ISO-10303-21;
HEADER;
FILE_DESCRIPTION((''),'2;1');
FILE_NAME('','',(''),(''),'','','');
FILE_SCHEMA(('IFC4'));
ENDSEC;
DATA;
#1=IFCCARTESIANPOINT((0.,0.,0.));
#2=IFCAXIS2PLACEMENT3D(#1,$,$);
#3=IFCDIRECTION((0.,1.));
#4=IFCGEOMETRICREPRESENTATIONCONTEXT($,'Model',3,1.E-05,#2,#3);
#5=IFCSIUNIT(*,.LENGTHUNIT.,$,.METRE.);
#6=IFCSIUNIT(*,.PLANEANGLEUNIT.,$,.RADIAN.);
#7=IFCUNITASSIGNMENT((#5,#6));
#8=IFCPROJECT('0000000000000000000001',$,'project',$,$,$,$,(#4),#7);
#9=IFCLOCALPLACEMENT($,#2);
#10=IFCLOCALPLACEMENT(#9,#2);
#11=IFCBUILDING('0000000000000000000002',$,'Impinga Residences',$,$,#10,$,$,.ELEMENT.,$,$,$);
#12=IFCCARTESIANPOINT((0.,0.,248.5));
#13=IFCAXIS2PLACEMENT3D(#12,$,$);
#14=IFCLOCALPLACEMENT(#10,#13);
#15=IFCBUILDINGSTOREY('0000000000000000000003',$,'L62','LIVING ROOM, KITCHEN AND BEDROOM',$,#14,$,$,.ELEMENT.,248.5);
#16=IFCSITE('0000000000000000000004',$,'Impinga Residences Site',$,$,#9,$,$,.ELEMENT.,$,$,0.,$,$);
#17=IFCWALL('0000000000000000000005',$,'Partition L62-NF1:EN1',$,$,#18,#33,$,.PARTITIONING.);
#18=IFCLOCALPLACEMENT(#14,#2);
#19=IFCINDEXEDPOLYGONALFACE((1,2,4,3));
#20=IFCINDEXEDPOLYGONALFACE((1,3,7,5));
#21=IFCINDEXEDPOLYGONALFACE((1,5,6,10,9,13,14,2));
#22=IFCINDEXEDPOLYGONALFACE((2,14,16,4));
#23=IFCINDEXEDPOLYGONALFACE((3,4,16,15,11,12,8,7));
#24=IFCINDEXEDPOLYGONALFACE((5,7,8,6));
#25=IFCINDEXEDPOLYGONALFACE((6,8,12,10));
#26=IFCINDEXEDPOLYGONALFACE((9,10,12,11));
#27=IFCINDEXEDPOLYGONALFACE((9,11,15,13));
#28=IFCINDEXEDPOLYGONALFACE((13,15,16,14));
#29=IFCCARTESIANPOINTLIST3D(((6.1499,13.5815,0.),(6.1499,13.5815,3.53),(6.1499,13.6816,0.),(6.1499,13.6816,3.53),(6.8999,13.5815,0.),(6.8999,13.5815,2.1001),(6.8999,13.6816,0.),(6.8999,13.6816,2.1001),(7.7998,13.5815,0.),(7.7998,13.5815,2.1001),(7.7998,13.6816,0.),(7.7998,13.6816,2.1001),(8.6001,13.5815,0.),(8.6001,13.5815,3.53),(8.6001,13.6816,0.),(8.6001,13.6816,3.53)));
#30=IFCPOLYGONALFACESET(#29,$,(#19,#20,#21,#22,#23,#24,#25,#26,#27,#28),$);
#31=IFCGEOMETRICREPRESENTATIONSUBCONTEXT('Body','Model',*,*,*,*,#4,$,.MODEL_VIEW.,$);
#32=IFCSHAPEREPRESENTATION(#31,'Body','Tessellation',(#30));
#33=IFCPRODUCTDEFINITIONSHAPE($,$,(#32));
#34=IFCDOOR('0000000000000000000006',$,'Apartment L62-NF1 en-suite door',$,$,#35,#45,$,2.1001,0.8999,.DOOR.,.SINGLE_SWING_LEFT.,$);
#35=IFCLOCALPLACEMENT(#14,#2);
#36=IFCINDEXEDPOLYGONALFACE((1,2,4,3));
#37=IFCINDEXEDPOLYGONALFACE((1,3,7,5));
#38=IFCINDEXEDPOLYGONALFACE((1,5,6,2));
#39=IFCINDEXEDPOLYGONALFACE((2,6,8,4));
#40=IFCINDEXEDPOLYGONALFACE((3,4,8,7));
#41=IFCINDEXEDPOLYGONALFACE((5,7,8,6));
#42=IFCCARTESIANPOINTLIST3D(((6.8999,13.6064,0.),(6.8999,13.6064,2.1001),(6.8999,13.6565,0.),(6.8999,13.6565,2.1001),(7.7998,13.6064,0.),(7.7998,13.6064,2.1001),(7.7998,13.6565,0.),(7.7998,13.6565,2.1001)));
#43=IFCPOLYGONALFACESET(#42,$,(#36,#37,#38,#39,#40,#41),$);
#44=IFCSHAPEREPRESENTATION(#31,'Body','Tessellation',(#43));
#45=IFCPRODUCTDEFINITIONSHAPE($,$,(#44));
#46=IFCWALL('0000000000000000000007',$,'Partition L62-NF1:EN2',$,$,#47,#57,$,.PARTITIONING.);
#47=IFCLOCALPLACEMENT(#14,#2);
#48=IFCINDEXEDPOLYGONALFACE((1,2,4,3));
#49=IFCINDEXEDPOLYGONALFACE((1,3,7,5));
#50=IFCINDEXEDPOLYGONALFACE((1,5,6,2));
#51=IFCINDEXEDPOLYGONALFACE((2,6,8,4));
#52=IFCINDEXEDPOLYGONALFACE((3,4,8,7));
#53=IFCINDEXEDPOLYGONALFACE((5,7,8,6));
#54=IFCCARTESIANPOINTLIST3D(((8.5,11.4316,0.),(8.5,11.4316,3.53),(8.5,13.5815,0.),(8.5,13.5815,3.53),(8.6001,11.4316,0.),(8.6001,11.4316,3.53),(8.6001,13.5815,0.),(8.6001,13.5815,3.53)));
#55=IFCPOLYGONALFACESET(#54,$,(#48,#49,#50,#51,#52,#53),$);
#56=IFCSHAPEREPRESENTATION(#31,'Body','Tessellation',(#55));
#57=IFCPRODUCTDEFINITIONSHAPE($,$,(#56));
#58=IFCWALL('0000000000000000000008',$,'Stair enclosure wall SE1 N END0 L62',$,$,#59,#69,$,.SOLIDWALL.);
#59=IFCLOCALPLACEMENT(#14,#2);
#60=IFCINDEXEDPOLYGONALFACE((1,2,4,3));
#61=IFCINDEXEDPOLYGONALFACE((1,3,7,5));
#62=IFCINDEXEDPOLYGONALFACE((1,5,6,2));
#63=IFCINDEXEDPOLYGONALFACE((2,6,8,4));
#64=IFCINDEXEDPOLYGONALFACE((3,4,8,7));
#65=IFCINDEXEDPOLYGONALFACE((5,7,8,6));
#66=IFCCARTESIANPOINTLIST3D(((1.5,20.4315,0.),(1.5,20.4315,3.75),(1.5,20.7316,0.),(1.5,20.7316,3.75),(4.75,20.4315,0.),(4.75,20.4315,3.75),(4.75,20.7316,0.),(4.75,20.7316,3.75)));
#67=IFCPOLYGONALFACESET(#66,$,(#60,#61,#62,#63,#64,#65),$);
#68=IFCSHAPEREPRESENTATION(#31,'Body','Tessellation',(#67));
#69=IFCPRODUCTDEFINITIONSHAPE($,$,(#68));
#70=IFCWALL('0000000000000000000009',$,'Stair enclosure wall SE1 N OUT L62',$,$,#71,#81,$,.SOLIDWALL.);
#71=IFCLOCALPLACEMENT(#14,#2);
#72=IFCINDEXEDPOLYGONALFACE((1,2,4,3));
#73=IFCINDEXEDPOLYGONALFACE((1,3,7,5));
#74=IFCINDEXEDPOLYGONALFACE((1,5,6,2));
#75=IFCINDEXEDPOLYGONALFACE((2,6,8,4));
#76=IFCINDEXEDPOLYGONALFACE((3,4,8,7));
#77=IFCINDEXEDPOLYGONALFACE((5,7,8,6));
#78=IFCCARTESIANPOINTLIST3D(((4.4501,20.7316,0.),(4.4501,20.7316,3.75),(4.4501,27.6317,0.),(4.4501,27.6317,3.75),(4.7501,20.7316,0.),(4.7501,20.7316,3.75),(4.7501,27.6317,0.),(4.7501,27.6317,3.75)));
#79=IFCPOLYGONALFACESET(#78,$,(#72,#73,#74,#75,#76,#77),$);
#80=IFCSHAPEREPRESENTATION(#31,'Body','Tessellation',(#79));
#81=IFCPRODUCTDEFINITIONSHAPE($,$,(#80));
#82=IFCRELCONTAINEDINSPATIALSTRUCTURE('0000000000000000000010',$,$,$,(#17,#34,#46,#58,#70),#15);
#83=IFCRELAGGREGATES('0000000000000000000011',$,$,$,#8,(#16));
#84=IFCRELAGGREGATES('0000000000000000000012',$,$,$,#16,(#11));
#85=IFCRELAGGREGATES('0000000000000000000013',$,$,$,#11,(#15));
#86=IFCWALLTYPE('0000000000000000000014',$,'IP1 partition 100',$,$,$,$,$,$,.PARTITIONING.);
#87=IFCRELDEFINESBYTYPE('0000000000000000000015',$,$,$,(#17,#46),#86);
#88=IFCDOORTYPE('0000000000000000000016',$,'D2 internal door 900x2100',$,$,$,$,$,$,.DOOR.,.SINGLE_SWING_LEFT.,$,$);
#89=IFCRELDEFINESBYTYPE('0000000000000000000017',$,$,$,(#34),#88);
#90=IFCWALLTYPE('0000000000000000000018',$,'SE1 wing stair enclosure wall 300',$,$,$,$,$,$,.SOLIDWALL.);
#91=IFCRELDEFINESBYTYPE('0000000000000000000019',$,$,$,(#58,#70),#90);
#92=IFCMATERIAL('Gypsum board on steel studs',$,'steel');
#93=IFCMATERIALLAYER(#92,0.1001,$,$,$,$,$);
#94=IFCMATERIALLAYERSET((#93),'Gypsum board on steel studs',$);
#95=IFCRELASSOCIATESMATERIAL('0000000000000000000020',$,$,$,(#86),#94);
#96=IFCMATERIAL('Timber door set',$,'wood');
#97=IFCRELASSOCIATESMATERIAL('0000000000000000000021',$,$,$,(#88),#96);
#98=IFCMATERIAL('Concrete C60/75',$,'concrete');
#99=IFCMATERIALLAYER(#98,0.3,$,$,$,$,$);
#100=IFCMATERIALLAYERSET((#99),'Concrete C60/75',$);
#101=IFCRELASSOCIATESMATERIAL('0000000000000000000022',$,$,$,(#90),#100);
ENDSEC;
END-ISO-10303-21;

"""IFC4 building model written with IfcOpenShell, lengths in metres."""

from ifc_helpers import new_model, si_unit, direction, frame, frame_2d, origin, place, context, subcontext, project, spatial, rectangle, extrude, material, layer, layer_set, type_object, element, fill, save


model = new_model("IFC4")

# Units and contexts
model_context = context("Model", 3, precision=1e-05, world=origin(), true_north=direction((0.0, 1.0)))
body_context = subcontext(model_context, "Body", "Model", "MODEL_VIEW")
ifc_project = project(units=[si_unit("LENGTHUNIT", "METRE"), si_unit("PLANEANGLEUNIT", "RADIAN")], contexts=[model_context])

# Site, building, storey
site_placement = place(None, origin())
site = spatial("IfcSite", under=ifc_project, at=site_placement, Name="Impinga Residences Site", CompositionType="ELEMENT", RefElevation=0.0)
building_placement = place(site_placement, origin())
building = spatial("IfcBuilding", under=site, at=building_placement, Name="Impinga Residences", CompositionType="ELEMENT")
storey_placement = place(building_placement, frame((0.0, 0.0, 248.5)))
storey = spatial("IfcBuildingStorey", under=building, at=storey_placement, Name="L62", Description="LIVING ROOM, KITCHEN AND BEDROOM", CompositionType="ELEMENT", Elevation=248.5)

# Shared definitions
ifc_material_1 = material(Name="Concrete C60/75", Category="concrete")

# Shared definitions
ifc_material_2 = material(Name="Gypsum board on steel studs", Category="steel")
ifc_layer_1 = layer(ifc_material_2, 0.1001)
ifc_layer_set_1 = layer_set([ifc_layer_1], Name="Gypsum board on steel studs")
wall_type_1 = type_object("IfcWallType", Name="IP1 partition 100", PredefinedType="PARTITIONING", material=ifc_layer_set_1)

# Shared definitions
ifc_material_3 = material(Name="Timber door set", Category="wood")
door_type = type_object("IfcDoorType", Name="D2 internal door 900x2100", OperationType="SINGLE_SWING_LEFT", PredefinedType="DOOR", material=ifc_material_3)

# Wall, opening, door
wall_1_placement = place(storey_placement, frame((6.1499, 13.6316, 0.0), z_axis=(0.0, 0.0, 1.0), x_axis=(1.0, 0.0, 0.0)))
wall_1 = element("IfcWall", 1, at=wall_1_placement, inside=storey, type_object=wall_type_1, Name="Partition L62-NF1:EN1", PredefinedType="PARTITIONING", context=body_context, shape_type="SweptSolid", body=[
    extrude(rectangle(XDim=2.4502, YDim=0.1001, at=frame_2d((1.2251, 0.0))), origin(), (0.0, 0.0, 1.0), 3.53),
])
opening_1_placement = place(wall_1_placement, frame((0.75, 0.0, 0.0)))
opening_1 = element("IfcOpeningElement", 2, at=opening_1_placement, cuts=wall_1, PredefinedType="OPENING", context=body_context, shape_type="SweptSolid", body=[
    extrude(rectangle(XDim=0.8999, YDim=2.1001, at=frame_2d((0.45, 1.05))), frame((0.0, 0.0601, 0.0), z_axis=(0.0, -1.0, 0.0), x_axis=(1.0, 0.0, 0.0)), (0.0, 0.0, 1.0), 0.1201),
])
door_1_placement = place(opening_1_placement, origin())
door_1 = element("IfcDoor", 3, at=door_1_placement, inside=storey, type_object=door_type, Name="Apartment L62-NF1 en-suite door", OperationType="SINGLE_SWING_LEFT", OverallHeight=2.1001, OverallWidth=0.8999, PredefinedType="DOOR", context=body_context, shape_type="SweptSolid", body=[
    extrude(rectangle(XDim=0.8999, YDim=2.1001, at=frame_2d((0.45, 1.05))), frame((0.0, 0.0249, 0.0), z_axis=(0.0, -1.0, 0.0), x_axis=(1.0, 0.0, 0.0)), (0.0, 0.0, 1.0), 0.05),
])
fill(opening_1, door_1)

# Walls
wall_2_placement = place(storey_placement, frame((8.55, 11.4316, 0.0), z_axis=(0.0, 0.0, 1.0), x_axis=(0.0, 1.0, 0.0)))
element("IfcWall", 4, at=wall_2_placement, inside=storey, type_object=wall_type_1, Name="Partition L62-NF1:EN2", PredefinedType="PARTITIONING", context=body_context, shape_type="SweptSolid", body=[
    extrude(rectangle(XDim=2.1499, YDim=0.1001, at=frame_2d((1.075, 0.0))), origin(), (0.0, 0.0, 1.0), 3.53),
])
ifc_layer_2 = layer(ifc_material_1, 0.3)
ifc_layer_set_2 = layer_set([ifc_layer_2], Name="Concrete C60/75")
wall_type_2 = type_object("IfcWallType", Name="SE1 wing stair enclosure wall 300", PredefinedType="SOLIDWALL", material=ifc_layer_set_2)
wall_3_placement = place(storey_placement, frame((1.5, 20.5815, 0.0), z_axis=(0.0, 0.0, 1.0), x_axis=(1.0, 0.0, 0.0)))
element("IfcWall", 5, at=wall_3_placement, inside=storey, type_object=wall_type_2, Name="Stair enclosure wall SE1 N END0 L62", PredefinedType="SOLIDWALL", context=body_context, shape_type="SweptSolid", body=[
    extrude(rectangle(XDim=3.25, YDim=0.3, at=frame_2d((1.625, 0.0))), origin(), (0.0, 0.0, 1.0), 3.75),
])
wall_4_placement = place(storey_placement, frame((4.6001, 20.7314, 0.0), z_axis=(0.0, 0.0, 1.0), x_axis=(0.0, 1.0, 0.0)))
element("IfcWall", 6, at=wall_4_placement, inside=storey, type_object=wall_type_2, Name="Stair enclosure wall SE1 N OUT L62", PredefinedType="SOLIDWALL", context=body_context, shape_type="SweptSolid", body=[
    extrude(rectangle(XDim=6.9001, YDim=0.3, at=frame_2d((3.4502, 0.0))), origin(), (0.0, 0.0, 1.0), 3.75),
])

save(model, "model.ifc")
